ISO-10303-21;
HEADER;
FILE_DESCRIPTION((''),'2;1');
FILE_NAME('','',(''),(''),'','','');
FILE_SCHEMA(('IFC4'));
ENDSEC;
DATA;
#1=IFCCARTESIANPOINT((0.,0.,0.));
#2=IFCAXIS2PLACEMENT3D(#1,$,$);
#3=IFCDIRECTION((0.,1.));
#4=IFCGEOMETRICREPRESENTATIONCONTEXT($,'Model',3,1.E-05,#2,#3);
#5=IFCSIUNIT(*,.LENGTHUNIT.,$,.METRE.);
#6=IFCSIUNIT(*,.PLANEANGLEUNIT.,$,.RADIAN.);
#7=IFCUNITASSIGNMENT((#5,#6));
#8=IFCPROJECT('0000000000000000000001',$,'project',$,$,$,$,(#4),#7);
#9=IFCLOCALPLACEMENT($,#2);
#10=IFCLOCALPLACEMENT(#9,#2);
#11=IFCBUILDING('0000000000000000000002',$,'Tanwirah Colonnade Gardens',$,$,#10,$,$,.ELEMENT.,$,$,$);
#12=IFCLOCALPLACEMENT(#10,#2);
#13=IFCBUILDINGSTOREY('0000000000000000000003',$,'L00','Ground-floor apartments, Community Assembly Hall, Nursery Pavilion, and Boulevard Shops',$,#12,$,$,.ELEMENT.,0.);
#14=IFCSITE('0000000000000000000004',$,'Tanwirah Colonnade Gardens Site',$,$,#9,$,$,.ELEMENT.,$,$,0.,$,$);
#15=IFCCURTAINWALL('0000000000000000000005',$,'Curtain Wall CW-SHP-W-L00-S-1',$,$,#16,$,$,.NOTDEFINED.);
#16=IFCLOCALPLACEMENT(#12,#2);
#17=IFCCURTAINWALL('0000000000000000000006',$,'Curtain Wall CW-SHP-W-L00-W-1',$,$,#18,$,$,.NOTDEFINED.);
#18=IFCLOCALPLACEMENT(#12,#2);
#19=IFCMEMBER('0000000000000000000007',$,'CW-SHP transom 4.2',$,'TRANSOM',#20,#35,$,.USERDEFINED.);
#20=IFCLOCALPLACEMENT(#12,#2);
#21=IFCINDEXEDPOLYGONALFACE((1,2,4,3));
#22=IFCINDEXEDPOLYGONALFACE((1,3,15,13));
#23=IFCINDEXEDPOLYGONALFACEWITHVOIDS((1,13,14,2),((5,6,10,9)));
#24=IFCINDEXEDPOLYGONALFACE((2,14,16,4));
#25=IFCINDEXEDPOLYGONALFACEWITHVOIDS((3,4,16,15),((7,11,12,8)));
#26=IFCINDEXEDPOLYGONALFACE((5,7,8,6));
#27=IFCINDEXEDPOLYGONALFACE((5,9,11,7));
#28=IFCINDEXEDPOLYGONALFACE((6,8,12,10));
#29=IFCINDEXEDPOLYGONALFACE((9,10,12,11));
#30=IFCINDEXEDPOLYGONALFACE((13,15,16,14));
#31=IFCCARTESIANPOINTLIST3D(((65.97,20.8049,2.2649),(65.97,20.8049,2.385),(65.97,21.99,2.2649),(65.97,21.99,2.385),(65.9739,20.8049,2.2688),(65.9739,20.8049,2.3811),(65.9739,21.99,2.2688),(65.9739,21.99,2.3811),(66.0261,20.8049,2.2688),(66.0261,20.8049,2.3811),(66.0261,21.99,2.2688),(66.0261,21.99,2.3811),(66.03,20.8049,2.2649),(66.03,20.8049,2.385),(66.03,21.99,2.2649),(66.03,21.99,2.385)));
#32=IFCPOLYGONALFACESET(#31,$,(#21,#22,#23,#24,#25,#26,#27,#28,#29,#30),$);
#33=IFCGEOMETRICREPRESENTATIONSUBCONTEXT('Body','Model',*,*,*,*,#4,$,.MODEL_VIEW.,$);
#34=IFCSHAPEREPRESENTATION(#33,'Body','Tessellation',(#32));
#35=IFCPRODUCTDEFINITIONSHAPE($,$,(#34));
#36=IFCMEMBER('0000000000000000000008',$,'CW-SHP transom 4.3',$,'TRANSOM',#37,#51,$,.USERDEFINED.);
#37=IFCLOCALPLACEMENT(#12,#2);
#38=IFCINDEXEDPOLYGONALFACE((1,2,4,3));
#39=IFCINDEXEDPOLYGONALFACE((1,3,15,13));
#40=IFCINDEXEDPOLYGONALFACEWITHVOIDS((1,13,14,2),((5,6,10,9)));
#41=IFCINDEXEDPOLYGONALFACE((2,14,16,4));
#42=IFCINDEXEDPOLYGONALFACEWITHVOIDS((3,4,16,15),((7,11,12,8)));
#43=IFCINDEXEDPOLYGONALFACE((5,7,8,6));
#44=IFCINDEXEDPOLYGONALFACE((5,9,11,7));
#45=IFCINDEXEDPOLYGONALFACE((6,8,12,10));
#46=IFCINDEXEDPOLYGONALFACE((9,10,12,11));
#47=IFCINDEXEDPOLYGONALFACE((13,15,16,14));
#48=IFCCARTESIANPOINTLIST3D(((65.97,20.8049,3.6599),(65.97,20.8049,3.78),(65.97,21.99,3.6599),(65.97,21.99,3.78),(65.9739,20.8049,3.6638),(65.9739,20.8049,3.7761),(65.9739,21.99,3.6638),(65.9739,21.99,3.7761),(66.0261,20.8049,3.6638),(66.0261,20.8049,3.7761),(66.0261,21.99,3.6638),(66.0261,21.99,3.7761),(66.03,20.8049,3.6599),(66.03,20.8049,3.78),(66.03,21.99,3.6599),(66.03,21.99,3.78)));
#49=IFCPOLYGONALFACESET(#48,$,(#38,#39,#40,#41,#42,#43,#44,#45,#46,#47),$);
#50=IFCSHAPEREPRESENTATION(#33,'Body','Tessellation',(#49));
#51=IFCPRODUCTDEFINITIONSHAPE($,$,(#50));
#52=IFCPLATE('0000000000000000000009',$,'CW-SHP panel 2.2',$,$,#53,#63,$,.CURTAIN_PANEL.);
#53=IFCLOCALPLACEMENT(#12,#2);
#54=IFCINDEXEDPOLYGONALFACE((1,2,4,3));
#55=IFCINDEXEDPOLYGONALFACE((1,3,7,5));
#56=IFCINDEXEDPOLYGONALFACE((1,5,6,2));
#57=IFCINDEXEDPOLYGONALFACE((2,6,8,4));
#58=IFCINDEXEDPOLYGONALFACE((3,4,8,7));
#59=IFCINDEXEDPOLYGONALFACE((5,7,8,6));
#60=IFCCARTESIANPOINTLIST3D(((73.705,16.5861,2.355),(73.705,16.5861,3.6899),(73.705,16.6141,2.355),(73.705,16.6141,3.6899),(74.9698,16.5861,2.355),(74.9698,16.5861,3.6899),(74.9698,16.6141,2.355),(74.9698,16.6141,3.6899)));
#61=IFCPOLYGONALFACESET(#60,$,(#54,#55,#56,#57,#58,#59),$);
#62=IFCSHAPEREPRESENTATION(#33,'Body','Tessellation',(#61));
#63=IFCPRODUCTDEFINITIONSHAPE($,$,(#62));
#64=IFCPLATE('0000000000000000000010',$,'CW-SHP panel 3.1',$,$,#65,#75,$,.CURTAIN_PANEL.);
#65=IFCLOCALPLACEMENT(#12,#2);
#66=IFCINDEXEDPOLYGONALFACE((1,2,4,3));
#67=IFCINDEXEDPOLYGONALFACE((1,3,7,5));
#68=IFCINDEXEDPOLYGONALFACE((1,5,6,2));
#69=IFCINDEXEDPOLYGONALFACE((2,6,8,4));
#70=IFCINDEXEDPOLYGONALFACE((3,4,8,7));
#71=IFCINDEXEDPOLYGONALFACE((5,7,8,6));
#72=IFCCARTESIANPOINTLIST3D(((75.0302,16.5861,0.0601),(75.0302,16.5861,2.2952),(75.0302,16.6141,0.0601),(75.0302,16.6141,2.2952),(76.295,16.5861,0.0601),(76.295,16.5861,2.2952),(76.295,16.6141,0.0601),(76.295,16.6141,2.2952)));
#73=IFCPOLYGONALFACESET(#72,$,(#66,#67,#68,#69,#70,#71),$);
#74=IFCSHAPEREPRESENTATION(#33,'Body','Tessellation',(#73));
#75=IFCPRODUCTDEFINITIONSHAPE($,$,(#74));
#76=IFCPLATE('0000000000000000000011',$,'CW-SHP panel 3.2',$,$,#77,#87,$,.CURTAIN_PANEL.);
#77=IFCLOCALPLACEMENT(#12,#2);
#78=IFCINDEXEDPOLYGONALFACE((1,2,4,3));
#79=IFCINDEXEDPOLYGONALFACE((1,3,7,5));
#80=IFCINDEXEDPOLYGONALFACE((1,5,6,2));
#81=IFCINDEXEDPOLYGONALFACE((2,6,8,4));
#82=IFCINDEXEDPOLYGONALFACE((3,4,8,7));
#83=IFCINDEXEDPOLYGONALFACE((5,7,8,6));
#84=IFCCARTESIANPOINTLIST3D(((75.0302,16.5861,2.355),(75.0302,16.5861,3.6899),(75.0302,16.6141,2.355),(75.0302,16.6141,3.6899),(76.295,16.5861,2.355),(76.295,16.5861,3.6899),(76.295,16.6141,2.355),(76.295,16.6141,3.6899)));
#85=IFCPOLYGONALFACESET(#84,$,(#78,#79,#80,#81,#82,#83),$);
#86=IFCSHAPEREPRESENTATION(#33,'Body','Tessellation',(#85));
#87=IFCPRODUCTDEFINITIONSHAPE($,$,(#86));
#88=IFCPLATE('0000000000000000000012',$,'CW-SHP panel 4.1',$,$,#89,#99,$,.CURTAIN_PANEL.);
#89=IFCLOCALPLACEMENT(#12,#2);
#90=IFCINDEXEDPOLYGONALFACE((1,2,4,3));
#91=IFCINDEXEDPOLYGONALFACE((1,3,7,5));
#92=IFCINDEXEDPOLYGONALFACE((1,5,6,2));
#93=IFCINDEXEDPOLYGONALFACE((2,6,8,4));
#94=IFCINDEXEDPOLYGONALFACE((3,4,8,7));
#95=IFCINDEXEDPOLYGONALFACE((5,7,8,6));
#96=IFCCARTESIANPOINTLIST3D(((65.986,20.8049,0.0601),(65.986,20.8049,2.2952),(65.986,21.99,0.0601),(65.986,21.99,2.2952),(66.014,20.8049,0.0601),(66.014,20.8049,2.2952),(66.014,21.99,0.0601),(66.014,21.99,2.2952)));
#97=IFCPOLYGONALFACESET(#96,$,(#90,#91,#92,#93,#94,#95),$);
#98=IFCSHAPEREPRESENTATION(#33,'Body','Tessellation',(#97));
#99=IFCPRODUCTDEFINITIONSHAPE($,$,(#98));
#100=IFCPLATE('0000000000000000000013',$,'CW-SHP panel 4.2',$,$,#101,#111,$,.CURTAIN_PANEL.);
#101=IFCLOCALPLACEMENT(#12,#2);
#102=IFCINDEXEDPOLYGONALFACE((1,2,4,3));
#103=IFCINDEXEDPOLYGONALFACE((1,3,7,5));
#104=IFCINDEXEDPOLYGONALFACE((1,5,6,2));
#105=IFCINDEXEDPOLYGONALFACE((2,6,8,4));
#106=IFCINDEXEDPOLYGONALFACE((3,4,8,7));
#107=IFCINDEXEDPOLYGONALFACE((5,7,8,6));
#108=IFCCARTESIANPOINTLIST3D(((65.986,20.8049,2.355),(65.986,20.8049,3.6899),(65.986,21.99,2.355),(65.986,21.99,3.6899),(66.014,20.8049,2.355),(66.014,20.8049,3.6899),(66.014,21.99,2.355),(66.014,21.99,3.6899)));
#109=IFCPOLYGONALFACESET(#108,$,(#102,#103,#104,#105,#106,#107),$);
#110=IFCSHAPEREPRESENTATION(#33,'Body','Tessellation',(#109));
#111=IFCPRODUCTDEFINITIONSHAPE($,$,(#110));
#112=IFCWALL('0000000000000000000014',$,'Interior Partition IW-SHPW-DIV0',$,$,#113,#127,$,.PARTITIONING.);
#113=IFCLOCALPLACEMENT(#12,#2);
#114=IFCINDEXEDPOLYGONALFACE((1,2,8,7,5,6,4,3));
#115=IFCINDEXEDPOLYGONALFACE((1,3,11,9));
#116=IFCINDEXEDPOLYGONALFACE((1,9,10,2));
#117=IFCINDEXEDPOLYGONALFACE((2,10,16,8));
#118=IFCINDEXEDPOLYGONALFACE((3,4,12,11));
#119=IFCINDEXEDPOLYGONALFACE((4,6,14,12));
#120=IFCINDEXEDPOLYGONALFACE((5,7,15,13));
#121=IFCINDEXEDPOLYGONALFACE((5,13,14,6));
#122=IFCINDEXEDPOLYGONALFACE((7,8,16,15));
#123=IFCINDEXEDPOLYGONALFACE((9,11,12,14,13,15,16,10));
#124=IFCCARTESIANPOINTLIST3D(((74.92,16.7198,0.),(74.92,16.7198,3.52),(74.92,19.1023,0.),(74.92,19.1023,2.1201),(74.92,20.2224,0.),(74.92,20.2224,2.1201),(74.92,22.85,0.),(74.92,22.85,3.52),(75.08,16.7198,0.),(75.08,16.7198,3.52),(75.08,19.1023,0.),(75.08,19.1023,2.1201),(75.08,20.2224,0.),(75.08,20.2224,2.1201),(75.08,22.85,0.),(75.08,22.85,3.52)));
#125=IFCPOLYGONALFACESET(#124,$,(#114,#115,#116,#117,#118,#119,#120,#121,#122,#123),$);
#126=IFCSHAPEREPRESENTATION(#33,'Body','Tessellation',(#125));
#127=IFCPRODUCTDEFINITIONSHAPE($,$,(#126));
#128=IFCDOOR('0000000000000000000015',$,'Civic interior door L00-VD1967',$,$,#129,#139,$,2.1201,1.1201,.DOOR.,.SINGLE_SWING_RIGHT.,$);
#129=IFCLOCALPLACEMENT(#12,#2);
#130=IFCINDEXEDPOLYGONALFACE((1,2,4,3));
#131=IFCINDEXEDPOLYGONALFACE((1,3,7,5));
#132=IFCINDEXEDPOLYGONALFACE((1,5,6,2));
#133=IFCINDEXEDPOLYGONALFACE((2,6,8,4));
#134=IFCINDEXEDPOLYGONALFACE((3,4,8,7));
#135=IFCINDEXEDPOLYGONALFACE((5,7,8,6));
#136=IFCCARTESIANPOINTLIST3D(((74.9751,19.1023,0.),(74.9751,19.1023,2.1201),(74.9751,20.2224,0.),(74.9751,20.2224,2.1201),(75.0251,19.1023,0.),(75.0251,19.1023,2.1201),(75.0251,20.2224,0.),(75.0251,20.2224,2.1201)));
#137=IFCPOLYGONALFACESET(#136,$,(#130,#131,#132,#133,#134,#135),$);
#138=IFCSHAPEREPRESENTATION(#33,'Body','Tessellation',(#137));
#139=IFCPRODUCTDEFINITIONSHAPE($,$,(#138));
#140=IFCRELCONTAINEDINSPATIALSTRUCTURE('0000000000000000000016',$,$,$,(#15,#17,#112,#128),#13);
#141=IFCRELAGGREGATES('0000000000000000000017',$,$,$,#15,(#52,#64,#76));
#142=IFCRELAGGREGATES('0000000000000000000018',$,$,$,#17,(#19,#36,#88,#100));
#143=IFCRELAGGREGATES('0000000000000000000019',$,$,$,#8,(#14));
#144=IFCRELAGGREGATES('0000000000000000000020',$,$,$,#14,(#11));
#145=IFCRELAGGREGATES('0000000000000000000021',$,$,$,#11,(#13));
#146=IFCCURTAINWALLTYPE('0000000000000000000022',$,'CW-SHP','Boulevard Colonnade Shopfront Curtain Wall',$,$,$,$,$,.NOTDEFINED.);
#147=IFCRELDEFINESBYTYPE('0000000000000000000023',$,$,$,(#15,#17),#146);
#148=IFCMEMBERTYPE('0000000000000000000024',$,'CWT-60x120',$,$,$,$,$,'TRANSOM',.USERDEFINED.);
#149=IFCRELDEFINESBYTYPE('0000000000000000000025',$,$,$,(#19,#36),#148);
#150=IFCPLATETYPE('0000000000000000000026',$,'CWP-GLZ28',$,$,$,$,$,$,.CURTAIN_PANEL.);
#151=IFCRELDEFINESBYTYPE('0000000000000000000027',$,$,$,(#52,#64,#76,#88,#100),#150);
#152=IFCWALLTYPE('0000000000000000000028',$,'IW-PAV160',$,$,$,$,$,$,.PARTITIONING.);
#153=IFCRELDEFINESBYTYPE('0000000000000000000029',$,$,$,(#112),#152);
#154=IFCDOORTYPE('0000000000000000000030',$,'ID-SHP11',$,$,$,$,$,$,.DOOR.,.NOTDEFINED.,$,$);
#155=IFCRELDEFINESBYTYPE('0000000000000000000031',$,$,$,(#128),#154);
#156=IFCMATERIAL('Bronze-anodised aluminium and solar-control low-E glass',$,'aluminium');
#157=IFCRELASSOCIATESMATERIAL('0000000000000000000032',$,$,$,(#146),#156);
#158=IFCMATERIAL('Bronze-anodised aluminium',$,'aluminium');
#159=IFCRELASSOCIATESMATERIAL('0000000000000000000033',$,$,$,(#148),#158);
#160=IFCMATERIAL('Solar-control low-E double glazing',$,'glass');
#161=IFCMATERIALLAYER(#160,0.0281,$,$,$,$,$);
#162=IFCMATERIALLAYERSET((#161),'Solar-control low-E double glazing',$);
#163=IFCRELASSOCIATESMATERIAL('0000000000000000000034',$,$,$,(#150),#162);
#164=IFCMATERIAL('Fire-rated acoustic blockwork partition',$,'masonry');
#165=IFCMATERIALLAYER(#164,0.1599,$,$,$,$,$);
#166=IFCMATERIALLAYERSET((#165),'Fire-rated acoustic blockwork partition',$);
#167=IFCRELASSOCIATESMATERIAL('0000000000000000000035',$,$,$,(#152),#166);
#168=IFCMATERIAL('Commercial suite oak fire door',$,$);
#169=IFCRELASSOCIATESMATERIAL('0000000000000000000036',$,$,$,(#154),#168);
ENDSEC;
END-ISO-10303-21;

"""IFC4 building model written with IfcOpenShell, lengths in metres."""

from ifc_helpers import new_model, si_unit, direction, frame, frame_2d, origin, origin_2d, place, context, subcontext, project, spatial, rectangle, hollow_rectangle, extrude, material, layer, layer_set, material_profile, profile_set, type_object, element, fill, aggregate, save


model = new_model("IFC4")

# Units and contexts
model_context = context("Model", 3, precision=1e-05, world=origin(), true_north=direction((0.0, 1.0)))
body_context = subcontext(model_context, "Body", "Model", "MODEL_VIEW")
ifc_project = project(units=[si_unit("LENGTHUNIT", "METRE"), si_unit("PLANEANGLEUNIT", "RADIAN")], contexts=[model_context])

# Site, building, storey
site_placement = place(None, origin())
site = spatial("IfcSite", under=ifc_project, at=site_placement, Name="Tanwirah Colonnade Gardens Site", CompositionType="ELEMENT", RefElevation=0.0)
building_placement = place(site_placement, origin())
building = spatial("IfcBuilding", under=site, at=building_placement, Name="Tanwirah Colonnade Gardens", CompositionType="ELEMENT")
storey_placement = place(building_placement, origin())
storey = spatial("IfcBuildingStorey", under=building, at=storey_placement, Name="L00", Description="Ground-floor apartments, Community Assembly Hall, Nursery Pavilion, and Boulevard Shops", CompositionType="ELEMENT", Elevation=0.0)

# Curtain walls
ifc_material_1 = material(Name="Bronze-anodised aluminium and solar-control low-E glass", Category="aluminium")
curtain_wall_type = type_object("IfcCurtainWallType", Name="CW-SHP", Description="Boulevard Colonnade Shopfront Curtain Wall", PredefinedType="NOTDEFINED", material=ifc_material_1)
curtain_wall_1_placement = place(storey_placement, origin())
curtain_wall_1 = element("IfcCurtainWall", 1, at=curtain_wall_1_placement, inside=storey, type_object=curtain_wall_type, Name="Curtain Wall CW-SHP-W-L00-S-1", PredefinedType="NOTDEFINED")
ifc_material_2 = material(Name="Bronze-anodised aluminium", Category="aluminium")
curtain_wall_2_placement = place(storey_placement, origin())
curtain_wall_2 = element("IfcCurtainWall", 2, at=curtain_wall_2_placement, inside=storey, type_object=curtain_wall_type, Name="Curtain Wall CW-SHP-W-L00-W-1", PredefinedType="NOTDEFINED")

# Members
ifc_material_profile_1 = material_profile(ifc_material_2, hollow_rectangle(XDim=0.0601, YDim=0.1201, WallThickness=0.0039, at=origin_2d()), Name="CW-TRN 60x120x4")
ifc_profile_set_1 = profile_set([ifc_material_profile_1], Name="Bronze-anodised aluminium")
member_type_1 = type_object("IfcMemberType", Name="CWT-60x120", ElementType="TRANSOM", PredefinedType="USERDEFINED", material=ifc_profile_set_1)
member_1_placement = place(storey_placement, frame((66.0, 20.8049, 2.325), z_axis=(0.0, 1.0, 0.0), x_axis=(-1.0, 0.0, 0.0)))
member_1 = element("IfcMember", 3, at=member_1_placement, type_object=member_type_1, Name="CW-SHP transom 4.2", ObjectType="TRANSOM", PredefinedType="USERDEFINED", context=body_context, shape_type="SweptSolid", body=[
    extrude(hollow_rectangle(XDim=0.0601, YDim=0.1201, WallThickness=0.0039, at=origin_2d()), origin(), (0.0, 0.0, 1.0), 1.1851),
])
member_2_placement = place(storey_placement, frame((66.0, 20.8049, 3.72), z_axis=(0.0, 1.0, 0.0), x_axis=(-1.0, 0.0, 0.0)))
member_2 = element("IfcMember", 4, at=member_2_placement, type_object=member_type_1, Name="CW-SHP transom 4.3", ObjectType="TRANSOM", PredefinedType="USERDEFINED", context=body_context, shape_type="SweptSolid", body=[
    extrude(hollow_rectangle(XDim=0.0601, YDim=0.1201, WallThickness=0.0039, at=origin_2d()), origin(), (0.0, 0.0, 1.0), 1.1851),
])

# Plates
ifc_material_3 = material(Name="Solar-control low-E double glazing", Category="glass")
ifc_layer_1 = layer(ifc_material_3, 0.0281)
ifc_layer_set_1 = layer_set([ifc_layer_1], Name="Solar-control low-E double glazing")
plate_type = type_object("IfcPlateType", Name="CWP-GLZ28", PredefinedType="CURTAIN_PANEL", material=ifc_layer_set_1)
plate_1_placement = place(storey_placement, frame((74.3374, 16.6001, 2.355), z_axis=(0.0, 0.0, 1.0), x_axis=(1.0, 0.0, 0.0)))
plate_1 = element("IfcPlate", 5, at=plate_1_placement, type_object=plate_type, Name="CW-SHP panel 2.2", PredefinedType="CURTAIN_PANEL", context=body_context, shape_type="SweptSolid", body=[
    extrude(rectangle(XDim=1.2649, YDim=0.0281, at=origin_2d()), origin(), (0.0, 0.0, 1.0), 1.335),
])
plate_2_placement = place(storey_placement, frame((75.6626, 16.6001, 0.0601), z_axis=(0.0, 0.0, 1.0), x_axis=(1.0, 0.0, 0.0)))
plate_2 = element("IfcPlate", 6, at=plate_2_placement, type_object=plate_type, Name="CW-SHP panel 3.1", PredefinedType="CURTAIN_PANEL", context=body_context, shape_type="SweptSolid", body=[
    extrude(rectangle(XDim=1.2649, YDim=0.0281, at=origin_2d()), origin(), (0.0, 0.0, 1.0), 2.2351),
])
plate_3_placement = place(storey_placement, frame((75.6626, 16.6001, 2.355), z_axis=(0.0, 0.0, 1.0), x_axis=(1.0, 0.0, 0.0)))
plate_3 = element("IfcPlate", 7, at=plate_3_placement, type_object=plate_type, Name="CW-SHP panel 3.2", PredefinedType="CURTAIN_PANEL", context=body_context, shape_type="SweptSolid", body=[
    extrude(rectangle(XDim=1.2649, YDim=0.0281, at=origin_2d()), origin(), (0.0, 0.0, 1.0), 1.335),
])
aggregate(curtain_wall_1, [plate_1, plate_2, plate_3])
plate_4_placement = place(storey_placement, frame((66.0, 21.3975, 0.0601), z_axis=(0.0, 0.0, 1.0), x_axis=(0.0, 1.0, 0.0)))
plate_4 = element("IfcPlate", 8, at=plate_4_placement, type_object=plate_type, Name="CW-SHP panel 4.1", PredefinedType="CURTAIN_PANEL", context=body_context, shape_type="SweptSolid", body=[
    extrude(rectangle(XDim=1.1851, YDim=0.0281, at=origin_2d()), origin(), (0.0, 0.0, 1.0), 2.2351),
])
plate_5_placement = place(storey_placement, frame((66.0, 21.3975, 2.355), z_axis=(0.0, 0.0, 1.0), x_axis=(0.0, 1.0, 0.0)))
plate_5 = element("IfcPlate", 9, at=plate_5_placement, type_object=plate_type, Name="CW-SHP panel 4.2", PredefinedType="CURTAIN_PANEL", context=body_context, shape_type="SweptSolid", body=[
    extrude(rectangle(XDim=1.1851, YDim=0.0281, at=origin_2d()), origin(), (0.0, 0.0, 1.0), 1.335),
])
aggregate(curtain_wall_2, [member_1, member_2, plate_4, plate_5])

# Wall, opening, door
ifc_material_4 = material(Name="Fire-rated acoustic blockwork partition", Category="masonry")
ifc_layer_2 = layer(ifc_material_4, 0.1599)
ifc_layer_set_2 = layer_set([ifc_layer_2], Name="Fire-rated acoustic blockwork partition")
wall_type = type_object("IfcWallType", Name="IW-PAV160", PredefinedType="PARTITIONING", material=ifc_layer_set_2)
wall_placement = place(storey_placement, frame((75.0, 16.72, 0.0), z_axis=(0.0, 0.0, 1.0), x_axis=(0.0, 1.0, 0.0)))
wall = element("IfcWall", 10, at=wall_placement, inside=storey, type_object=wall_type, Name="Interior Partition IW-SHPW-DIV0", PredefinedType="PARTITIONING", context=body_context, shape_type="SweptSolid", body=[
    extrude(rectangle(XDim=6.1301, YDim=0.1599, at=frame_2d((3.0649, 0.0))), origin(), (0.0, 0.0, 1.0), 3.52),
])
opening_placement = place(wall_placement, frame((2.3823, 0.0, 0.0)))
opening = element("IfcOpeningElement", 11, at=opening_placement, cuts=wall, PredefinedType="OPENING", context=body_context, shape_type="SweptSolid", body=[
    extrude(rectangle(XDim=1.1201, YDim=2.1201, at=frame_2d((0.5601, 1.0601))), frame((0.0, 0.0898, 0.0), z_axis=(0.0, -1.0, 0.0), x_axis=(1.0, 0.0, 0.0)), (0.0, 0.0, 1.0), 0.1799),
])
ifc_material_5 = material(Name="Commercial suite oak fire door")
door_type = type_object("IfcDoorType", Name="ID-SHP11", OperationType="NOTDEFINED", PredefinedType="DOOR", material=ifc_material_5)
door_placement = place(opening_placement, origin())
door = element("IfcDoor", 12, at=door_placement, inside=storey, type_object=door_type, Name="Civic interior door L00-VD1967", OperationType="SINGLE_SWING_RIGHT", OverallHeight=2.1201, OverallWidth=1.1201, PredefinedType="DOOR", context=body_context, shape_type="SweptSolid", body=[
    extrude(rectangle(XDim=1.1201, YDim=2.1201, at=frame_2d((0.5601, 1.0601))), frame((0.0, 0.0249, 0.0), z_axis=(0.0, -1.0, 0.0), x_axis=(1.0, 0.0, 0.0)), (0.0, 0.0, 1.0), 0.05),
])
fill(opening, door)

save(model, "model.ifc")
